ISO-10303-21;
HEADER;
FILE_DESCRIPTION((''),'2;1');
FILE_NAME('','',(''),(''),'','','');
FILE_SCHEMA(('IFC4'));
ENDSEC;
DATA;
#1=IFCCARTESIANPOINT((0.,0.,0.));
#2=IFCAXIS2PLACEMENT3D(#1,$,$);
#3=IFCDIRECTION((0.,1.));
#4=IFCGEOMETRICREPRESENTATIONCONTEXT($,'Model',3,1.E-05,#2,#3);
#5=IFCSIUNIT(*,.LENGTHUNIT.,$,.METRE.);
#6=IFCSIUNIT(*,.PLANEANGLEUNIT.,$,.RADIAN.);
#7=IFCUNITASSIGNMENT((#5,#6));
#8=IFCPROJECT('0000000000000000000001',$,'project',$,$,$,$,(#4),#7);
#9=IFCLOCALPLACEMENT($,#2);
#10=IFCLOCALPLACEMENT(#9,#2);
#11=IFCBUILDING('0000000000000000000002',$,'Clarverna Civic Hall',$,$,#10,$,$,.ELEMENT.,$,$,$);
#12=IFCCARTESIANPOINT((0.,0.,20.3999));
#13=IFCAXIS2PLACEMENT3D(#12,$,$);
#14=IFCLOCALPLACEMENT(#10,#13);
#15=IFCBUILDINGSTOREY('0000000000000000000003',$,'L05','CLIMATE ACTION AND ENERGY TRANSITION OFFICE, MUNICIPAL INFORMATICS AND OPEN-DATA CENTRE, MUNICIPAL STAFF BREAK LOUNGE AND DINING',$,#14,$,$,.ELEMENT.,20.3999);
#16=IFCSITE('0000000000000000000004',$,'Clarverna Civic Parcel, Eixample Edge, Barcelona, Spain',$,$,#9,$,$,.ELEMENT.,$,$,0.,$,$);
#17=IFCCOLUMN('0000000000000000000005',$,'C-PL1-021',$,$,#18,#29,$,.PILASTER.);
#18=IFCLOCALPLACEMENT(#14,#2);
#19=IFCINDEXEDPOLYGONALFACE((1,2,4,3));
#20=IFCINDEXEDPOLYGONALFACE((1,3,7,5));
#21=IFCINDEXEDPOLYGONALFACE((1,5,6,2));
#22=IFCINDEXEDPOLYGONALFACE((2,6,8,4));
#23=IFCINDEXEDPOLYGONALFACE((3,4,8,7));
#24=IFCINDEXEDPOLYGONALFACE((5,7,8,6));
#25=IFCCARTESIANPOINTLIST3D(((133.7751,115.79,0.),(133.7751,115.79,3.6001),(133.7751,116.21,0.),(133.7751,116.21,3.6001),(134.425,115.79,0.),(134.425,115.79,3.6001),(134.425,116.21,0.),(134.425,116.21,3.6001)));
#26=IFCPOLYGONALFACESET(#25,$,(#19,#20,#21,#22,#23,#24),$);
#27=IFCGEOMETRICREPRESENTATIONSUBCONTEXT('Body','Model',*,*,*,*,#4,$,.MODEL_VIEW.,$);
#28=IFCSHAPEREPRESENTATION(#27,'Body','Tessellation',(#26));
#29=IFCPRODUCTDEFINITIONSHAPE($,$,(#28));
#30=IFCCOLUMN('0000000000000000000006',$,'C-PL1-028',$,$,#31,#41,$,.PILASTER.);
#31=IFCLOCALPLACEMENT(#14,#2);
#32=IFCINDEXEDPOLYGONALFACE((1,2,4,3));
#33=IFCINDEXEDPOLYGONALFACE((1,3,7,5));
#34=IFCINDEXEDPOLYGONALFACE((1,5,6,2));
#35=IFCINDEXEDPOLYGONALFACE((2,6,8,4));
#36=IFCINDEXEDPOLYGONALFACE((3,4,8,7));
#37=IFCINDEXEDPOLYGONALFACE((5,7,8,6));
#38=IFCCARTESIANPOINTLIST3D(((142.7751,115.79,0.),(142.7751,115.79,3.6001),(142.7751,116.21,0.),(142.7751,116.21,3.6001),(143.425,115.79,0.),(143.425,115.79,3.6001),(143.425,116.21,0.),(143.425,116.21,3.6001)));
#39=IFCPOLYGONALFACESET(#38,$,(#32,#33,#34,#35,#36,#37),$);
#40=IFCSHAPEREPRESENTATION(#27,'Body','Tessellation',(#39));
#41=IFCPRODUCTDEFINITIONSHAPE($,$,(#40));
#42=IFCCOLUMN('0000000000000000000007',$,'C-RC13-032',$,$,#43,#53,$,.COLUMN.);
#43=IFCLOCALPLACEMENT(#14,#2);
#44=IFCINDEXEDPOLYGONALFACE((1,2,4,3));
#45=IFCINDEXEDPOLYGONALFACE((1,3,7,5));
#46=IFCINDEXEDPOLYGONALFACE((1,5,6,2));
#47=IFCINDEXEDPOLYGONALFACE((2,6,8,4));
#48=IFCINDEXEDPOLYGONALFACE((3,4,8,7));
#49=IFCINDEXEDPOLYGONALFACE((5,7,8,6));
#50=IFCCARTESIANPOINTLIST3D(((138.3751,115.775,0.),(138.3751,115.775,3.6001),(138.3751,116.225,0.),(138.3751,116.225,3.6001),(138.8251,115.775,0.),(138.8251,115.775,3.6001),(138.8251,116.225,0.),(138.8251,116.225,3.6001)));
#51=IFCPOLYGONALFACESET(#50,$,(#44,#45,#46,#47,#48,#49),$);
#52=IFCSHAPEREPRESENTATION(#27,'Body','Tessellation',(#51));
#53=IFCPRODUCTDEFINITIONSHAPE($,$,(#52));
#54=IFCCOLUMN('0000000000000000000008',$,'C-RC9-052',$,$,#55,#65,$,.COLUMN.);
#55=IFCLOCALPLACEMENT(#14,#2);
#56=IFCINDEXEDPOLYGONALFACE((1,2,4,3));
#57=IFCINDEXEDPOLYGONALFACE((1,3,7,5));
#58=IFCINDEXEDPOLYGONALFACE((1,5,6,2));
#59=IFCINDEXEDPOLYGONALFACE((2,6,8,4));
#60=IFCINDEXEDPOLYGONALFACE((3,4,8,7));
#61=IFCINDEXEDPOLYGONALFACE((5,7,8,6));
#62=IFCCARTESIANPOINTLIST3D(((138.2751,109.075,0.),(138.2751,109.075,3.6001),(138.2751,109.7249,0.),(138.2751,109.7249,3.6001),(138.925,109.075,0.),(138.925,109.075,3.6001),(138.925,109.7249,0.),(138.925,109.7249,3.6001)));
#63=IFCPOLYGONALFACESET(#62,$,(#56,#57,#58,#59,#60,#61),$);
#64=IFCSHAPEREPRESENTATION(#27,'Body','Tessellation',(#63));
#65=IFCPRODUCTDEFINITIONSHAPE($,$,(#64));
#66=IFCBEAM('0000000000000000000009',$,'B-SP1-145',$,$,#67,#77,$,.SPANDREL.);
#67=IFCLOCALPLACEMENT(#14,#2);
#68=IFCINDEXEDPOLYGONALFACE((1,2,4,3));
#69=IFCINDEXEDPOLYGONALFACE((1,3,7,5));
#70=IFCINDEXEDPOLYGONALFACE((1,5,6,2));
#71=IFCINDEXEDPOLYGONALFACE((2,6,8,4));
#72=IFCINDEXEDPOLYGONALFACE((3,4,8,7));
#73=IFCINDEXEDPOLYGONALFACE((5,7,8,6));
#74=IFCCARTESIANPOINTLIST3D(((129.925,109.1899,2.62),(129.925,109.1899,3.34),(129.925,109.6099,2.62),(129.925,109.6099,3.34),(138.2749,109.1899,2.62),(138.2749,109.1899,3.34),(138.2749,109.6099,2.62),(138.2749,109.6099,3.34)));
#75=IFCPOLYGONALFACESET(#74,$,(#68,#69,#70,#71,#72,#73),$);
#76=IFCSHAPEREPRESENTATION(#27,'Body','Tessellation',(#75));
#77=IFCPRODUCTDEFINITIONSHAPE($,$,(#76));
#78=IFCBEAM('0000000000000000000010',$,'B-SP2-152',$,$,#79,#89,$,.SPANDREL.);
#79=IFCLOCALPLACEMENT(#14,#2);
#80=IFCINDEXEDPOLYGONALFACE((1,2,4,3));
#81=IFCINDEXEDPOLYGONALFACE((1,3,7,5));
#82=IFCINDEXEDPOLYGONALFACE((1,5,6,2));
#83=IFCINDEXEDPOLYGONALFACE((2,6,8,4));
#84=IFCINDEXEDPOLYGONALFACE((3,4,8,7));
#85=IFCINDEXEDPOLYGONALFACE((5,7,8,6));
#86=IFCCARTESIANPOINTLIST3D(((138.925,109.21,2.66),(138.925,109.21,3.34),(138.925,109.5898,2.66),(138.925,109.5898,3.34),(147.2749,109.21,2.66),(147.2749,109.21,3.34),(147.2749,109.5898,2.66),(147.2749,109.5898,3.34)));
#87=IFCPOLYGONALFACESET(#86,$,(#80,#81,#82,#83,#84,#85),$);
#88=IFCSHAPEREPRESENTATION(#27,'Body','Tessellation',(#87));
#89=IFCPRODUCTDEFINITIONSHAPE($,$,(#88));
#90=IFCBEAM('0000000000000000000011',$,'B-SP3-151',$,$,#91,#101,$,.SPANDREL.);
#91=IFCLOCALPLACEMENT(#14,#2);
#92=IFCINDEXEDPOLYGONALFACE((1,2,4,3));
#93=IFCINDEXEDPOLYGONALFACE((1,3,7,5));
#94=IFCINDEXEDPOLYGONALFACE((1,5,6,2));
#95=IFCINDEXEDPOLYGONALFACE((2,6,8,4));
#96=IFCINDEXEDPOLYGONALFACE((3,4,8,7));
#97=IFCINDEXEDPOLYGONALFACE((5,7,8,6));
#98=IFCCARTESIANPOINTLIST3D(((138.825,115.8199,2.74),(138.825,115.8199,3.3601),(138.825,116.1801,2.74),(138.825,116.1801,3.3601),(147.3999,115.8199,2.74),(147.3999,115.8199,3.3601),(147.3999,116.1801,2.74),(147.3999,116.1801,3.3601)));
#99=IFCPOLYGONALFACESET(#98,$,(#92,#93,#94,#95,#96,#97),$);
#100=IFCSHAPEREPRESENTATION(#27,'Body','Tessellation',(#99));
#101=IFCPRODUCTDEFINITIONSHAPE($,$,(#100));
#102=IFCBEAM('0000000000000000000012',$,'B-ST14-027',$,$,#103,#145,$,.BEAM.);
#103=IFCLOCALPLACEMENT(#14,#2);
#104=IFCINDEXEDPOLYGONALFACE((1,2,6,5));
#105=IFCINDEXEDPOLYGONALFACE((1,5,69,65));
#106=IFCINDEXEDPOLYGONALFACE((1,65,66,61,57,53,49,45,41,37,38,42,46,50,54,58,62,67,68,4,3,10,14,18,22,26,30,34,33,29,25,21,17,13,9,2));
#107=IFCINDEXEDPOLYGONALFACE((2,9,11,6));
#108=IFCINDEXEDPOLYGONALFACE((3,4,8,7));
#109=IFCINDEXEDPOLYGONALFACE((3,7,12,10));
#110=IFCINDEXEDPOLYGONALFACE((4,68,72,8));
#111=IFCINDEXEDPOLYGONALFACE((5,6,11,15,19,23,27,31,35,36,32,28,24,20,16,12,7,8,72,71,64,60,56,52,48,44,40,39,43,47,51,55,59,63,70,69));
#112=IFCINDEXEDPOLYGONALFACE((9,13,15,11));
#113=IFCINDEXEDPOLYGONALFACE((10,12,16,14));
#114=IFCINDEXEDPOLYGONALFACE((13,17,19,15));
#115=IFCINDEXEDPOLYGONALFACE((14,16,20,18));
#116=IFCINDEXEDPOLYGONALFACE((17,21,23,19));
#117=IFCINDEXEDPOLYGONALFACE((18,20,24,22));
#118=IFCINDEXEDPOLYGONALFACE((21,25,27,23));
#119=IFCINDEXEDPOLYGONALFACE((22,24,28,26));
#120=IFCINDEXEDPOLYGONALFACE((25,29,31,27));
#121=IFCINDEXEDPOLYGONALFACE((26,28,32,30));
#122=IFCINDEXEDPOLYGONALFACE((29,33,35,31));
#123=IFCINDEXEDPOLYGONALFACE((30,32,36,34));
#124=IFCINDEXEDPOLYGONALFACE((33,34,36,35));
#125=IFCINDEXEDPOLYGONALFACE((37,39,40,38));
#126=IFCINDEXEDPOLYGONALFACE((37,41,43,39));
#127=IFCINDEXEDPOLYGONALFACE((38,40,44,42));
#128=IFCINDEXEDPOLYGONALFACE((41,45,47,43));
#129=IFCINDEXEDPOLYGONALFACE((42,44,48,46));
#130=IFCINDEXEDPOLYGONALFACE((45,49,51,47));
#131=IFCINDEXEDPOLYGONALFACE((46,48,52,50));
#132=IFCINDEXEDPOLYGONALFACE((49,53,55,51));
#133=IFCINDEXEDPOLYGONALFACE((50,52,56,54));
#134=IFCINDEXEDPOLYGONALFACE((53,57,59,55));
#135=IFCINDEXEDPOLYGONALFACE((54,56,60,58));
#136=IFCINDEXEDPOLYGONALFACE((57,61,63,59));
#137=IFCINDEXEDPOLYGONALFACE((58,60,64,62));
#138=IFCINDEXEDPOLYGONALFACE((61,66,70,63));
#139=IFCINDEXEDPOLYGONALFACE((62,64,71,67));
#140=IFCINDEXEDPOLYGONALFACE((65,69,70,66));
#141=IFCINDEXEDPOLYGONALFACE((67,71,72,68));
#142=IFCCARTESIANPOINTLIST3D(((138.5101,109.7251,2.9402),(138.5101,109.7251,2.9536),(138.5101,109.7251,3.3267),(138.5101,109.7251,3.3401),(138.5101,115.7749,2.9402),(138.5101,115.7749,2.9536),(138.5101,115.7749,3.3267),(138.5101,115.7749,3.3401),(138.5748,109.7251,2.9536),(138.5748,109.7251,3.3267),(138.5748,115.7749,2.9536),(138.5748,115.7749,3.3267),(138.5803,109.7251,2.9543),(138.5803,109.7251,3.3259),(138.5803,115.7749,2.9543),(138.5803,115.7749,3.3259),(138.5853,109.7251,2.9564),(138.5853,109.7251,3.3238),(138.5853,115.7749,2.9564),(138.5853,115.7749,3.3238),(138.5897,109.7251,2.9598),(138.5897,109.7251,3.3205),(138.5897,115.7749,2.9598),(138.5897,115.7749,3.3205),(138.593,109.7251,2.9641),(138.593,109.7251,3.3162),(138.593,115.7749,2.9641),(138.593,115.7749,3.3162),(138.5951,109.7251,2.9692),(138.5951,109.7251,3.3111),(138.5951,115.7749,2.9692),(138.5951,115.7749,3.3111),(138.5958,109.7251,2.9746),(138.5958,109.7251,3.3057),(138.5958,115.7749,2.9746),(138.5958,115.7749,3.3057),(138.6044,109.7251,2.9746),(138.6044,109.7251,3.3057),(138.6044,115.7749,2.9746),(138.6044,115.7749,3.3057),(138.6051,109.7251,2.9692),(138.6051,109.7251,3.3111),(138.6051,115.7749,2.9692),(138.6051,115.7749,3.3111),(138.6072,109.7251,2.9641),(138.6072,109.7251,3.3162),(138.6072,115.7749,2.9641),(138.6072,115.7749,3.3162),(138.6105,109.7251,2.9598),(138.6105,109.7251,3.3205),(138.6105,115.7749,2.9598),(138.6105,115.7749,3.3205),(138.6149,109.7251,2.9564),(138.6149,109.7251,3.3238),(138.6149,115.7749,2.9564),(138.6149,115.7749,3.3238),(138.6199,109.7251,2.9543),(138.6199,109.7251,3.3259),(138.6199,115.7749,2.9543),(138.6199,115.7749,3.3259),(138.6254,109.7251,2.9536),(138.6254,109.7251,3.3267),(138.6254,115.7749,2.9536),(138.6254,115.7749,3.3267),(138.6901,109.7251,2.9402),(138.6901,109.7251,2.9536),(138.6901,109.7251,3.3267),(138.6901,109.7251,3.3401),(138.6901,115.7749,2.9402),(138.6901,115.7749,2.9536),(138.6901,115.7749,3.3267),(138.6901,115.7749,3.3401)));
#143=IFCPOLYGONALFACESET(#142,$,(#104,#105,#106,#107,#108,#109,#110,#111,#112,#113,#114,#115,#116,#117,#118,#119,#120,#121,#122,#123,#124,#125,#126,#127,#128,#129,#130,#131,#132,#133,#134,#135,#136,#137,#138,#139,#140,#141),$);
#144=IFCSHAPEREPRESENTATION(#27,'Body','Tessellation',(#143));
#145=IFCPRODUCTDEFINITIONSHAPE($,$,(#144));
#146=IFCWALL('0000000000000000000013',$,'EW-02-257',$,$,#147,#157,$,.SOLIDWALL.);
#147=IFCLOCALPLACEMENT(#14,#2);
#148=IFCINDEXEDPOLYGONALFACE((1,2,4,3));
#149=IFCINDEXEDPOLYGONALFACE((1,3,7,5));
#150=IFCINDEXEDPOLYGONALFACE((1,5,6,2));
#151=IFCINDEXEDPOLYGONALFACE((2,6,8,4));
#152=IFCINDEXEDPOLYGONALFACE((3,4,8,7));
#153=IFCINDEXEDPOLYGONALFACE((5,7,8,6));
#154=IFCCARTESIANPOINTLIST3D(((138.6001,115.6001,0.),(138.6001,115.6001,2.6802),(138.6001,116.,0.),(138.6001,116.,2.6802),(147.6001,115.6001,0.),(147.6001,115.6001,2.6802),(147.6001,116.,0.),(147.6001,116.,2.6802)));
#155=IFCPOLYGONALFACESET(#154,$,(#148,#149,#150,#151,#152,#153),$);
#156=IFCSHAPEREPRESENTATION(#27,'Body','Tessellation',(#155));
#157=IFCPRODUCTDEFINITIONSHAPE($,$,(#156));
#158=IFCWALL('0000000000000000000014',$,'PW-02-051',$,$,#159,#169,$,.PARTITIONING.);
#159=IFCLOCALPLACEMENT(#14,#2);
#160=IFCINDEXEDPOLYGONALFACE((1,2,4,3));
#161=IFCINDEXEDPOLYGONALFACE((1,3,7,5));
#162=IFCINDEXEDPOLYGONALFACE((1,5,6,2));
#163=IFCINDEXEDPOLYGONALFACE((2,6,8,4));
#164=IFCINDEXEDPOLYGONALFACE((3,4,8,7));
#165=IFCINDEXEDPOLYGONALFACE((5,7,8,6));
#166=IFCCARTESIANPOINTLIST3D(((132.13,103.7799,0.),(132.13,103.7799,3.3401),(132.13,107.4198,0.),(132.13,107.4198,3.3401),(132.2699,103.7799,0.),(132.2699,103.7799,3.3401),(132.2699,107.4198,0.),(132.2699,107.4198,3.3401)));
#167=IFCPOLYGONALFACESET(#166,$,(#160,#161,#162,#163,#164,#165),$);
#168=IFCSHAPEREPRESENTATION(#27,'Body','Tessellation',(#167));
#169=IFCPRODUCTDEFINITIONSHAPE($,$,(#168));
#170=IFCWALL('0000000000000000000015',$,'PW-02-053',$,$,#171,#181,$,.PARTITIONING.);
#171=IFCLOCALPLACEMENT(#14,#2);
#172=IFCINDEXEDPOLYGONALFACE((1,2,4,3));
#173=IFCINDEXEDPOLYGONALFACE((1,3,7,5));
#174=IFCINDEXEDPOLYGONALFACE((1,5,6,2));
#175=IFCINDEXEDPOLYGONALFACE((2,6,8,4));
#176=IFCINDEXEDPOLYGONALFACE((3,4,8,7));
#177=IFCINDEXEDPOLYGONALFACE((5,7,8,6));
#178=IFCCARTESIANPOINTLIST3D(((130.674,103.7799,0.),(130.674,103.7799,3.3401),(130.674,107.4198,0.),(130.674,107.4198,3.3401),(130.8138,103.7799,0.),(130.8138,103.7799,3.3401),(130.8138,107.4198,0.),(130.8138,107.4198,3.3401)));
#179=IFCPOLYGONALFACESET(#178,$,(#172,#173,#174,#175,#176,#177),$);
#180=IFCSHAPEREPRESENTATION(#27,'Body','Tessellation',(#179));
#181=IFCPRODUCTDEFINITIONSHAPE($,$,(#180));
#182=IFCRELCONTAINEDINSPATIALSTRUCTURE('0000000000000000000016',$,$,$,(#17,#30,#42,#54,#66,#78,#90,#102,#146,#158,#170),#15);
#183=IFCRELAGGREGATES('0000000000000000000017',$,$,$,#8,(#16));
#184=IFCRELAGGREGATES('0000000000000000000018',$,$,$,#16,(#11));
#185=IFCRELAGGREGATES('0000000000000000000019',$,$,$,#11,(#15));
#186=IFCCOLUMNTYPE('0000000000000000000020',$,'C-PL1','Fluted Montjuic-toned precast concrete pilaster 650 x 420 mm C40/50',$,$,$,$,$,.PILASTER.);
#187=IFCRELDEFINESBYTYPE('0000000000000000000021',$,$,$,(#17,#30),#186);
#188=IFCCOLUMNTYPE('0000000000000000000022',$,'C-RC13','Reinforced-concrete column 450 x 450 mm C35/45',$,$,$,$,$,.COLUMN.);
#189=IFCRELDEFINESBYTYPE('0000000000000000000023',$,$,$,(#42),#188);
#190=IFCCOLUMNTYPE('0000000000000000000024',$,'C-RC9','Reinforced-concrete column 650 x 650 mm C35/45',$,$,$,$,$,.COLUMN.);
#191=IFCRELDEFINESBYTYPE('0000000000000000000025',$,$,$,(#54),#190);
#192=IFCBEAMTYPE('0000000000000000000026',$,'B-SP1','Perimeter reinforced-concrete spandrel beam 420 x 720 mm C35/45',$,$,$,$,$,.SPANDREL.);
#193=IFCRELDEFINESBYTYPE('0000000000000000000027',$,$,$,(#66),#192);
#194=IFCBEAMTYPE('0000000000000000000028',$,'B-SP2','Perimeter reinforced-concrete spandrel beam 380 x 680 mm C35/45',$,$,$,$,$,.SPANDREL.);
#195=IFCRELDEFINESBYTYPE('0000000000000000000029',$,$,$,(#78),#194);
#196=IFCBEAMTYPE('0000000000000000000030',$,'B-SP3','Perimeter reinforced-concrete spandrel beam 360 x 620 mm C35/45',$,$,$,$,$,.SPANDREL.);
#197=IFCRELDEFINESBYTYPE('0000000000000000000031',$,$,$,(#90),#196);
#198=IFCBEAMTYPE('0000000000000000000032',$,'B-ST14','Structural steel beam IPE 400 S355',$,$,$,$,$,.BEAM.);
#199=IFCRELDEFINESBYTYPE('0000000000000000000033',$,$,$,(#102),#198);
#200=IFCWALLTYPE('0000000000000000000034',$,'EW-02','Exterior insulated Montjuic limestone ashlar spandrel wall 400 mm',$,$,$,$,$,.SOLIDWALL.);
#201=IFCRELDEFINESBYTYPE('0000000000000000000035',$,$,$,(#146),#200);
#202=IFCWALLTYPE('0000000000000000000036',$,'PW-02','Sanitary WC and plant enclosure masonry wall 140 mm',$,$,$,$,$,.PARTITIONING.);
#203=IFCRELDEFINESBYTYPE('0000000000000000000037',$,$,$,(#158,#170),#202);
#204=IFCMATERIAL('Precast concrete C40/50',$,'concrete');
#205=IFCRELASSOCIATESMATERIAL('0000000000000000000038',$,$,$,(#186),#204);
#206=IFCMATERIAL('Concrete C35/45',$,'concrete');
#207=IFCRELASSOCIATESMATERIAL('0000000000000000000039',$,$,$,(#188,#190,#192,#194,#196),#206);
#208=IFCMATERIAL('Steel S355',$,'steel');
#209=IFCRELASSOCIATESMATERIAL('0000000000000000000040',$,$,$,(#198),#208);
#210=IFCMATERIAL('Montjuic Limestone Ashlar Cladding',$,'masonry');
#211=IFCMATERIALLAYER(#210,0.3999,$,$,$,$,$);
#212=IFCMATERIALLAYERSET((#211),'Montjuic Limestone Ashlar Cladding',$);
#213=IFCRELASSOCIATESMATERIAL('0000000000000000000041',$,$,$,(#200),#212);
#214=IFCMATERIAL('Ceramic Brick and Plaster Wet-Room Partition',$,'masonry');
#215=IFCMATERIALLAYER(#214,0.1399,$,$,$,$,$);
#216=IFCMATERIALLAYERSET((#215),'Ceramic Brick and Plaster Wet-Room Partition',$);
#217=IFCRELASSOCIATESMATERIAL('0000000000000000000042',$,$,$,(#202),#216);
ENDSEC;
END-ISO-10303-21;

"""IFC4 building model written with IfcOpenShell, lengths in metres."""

from ifc_helpers import new_model, si_unit, direction, frame, frame_2d, origin, origin_2d, place, context, subcontext, project, spatial, rectangle, i_section, extrude, material, layer, layer_set, material_profile, profile_set, type_object, element, save


model = new_model("IFC4")

# Units and contexts
model_context = context("Model", 3, precision=1e-05, world=origin(), true_north=direction((0.0, 1.0)))
body_context = subcontext(model_context, "Body", "Model", "MODEL_VIEW")
ifc_project = project(units=[si_unit("LENGTHUNIT", "METRE"), si_unit("PLANEANGLEUNIT", "RADIAN")], contexts=[model_context])

# Site, building, storey
site_placement = place(None, origin())
site = spatial("IfcSite", under=ifc_project, at=site_placement, Name="Clarverna Civic Parcel, Eixample Edge, Barcelona, Spain", CompositionType="ELEMENT", RefElevation=0.0)
building_placement = place(site_placement, origin())
building = spatial("IfcBuilding", under=site, at=building_placement, Name="Clarverna Civic Hall", CompositionType="ELEMENT")
storey_placement = place(building_placement, frame((0.0, 0.0, 20.3999)))
storey = spatial("IfcBuildingStorey", under=building, at=storey_placement, Name="L05", Description="CLIMATE ACTION AND ENERGY TRANSITION OFFICE, MUNICIPAL INFORMATICS AND OPEN-DATA CENTRE, MUNICIPAL STAFF BREAK LOUNGE AND DINING", CompositionType="ELEMENT", Elevation=20.3999)

# Columns
ifc_material_1 = material(Name="Precast concrete C40/50", Category="concrete")
ifc_material_profile_1 = material_profile(ifc_material_1, rectangle(XDim=0.6499, YDim=0.4199, at=origin_2d()), Name="PILASTER 650x420")
ifc_profile_set_1 = profile_set([ifc_material_profile_1], Name="Precast concrete C40/50")
column_type_1 = type_object("IfcColumnType", Name="C-PL1", Description="Fluted Montjuic-toned precast concrete pilaster 650 x 420 mm C40/50", PredefinedType="PILASTER", material=ifc_profile_set_1)
for number, where, z_axis, x_axis, name in (
    (1, (134.1001, 116.0, 0.0), (0.0, 0.0, 1.0), (1.0, 0.0, 0.0), "C-PL1-021"),
    (2, (143.1001, 116.0, 0.0), (0.0, 0.0, 1.0), (1.0, 0.0, 0.0), "C-PL1-028"),
):
    element("IfcColumn", number, at=place(storey_placement, frame(where, z_axis=z_axis, x_axis=x_axis)), inside=storey, type_object=column_type_1, Name=name, PredefinedType="PILASTER", context=body_context, shape_type="SweptSolid", body=[
        extrude(rectangle(XDim=0.6499, YDim=0.4199, at=origin_2d()), origin(), (0.0, 0.0, 1.0), 3.6001),
    ])
ifc_material_2 = material(Name="Concrete C35/45", Category="concrete")
ifc_material_profile_2 = material_profile(ifc_material_2, rectangle(XDim=0.45, YDim=0.45, at=origin_2d()), Name="RC 450x450")
ifc_profile_set_2 = profile_set([ifc_material_profile_2], Name="Concrete C35/45")
column_type_2 = type_object("IfcColumnType", Name="C-RC13", Description="Reinforced-concrete column 450 x 450 mm C35/45", PredefinedType="COLUMN", material=ifc_profile_set_2)
column_1_placement = place(storey_placement, frame((138.6001, 116.0, 0.0), z_axis=(0.0, 0.0, 1.0), x_axis=(1.0, 0.0, 0.0)))
element("IfcColumn", 3, at=column_1_placement, inside=storey, type_object=column_type_2, Name="C-RC13-032", PredefinedType="COLUMN", context=body_context, shape_type="SweptSolid", body=[
    extrude(rectangle(XDim=0.45, YDim=0.45, at=origin_2d()), origin(), (0.0, 0.0, 1.0), 3.6001),
])
ifc_material_profile_3 = material_profile(ifc_material_2, rectangle(XDim=0.6499, YDim=0.6499, at=origin_2d()), Name="RC 650x650")
ifc_profile_set_3 = profile_set([ifc_material_profile_3], Name="Concrete C35/45")
column_type_3 = type_object("IfcColumnType", Name="C-RC9", Description="Reinforced-concrete column 650 x 650 mm C35/45", PredefinedType="COLUMN", material=ifc_profile_set_3)
column_2_placement = place(storey_placement, frame((138.6001, 109.3999, 0.0), z_axis=(0.0, 0.0, 1.0), x_axis=(1.0, 0.0, 0.0)))
element("IfcColumn", 4, at=column_2_placement, inside=storey, type_object=column_type_3, Name="C-RC9-052", PredefinedType="COLUMN", context=body_context, shape_type="SweptSolid", body=[
    extrude(rectangle(XDim=0.6499, YDim=0.6499, at=origin_2d()), origin(), (0.0, 0.0, 1.0), 3.6001),
])

# Beams
ifc_material_profile_4 = material_profile(ifc_material_2, rectangle(XDim=0.4199, YDim=0.72, at=origin_2d()), Name="RC 420x720")
ifc_profile_set_4 = profile_set([ifc_material_profile_4], Name="Concrete C35/45")
beam_type_1 = type_object("IfcBeamType", Name="B-SP1", Description="Perimeter reinforced-concrete spandrel beam 420 x 720 mm C35/45", PredefinedType="SPANDREL", material=ifc_profile_set_4)
beam_1_placement = place(storey_placement, frame((129.925, 109.3999, 2.98), z_axis=(1.0, 0.0, 0.0), x_axis=(0.0, 1.0, 0.0)))
element("IfcBeam", 5, at=beam_1_placement, inside=storey, type_object=beam_type_1, Name="B-SP1-145", PredefinedType="SPANDREL", context=body_context, shape_type="SweptSolid", body=[
    extrude(rectangle(XDim=0.4199, YDim=0.72, at=origin_2d()), origin(), (0.0, 0.0, 1.0), 8.3499),
])
ifc_material_profile_5 = material_profile(ifc_material_2, rectangle(XDim=0.3799, YDim=0.6799, at=origin_2d()), Name="RC 380x680")
ifc_profile_set_5 = profile_set([ifc_material_profile_5], Name="Concrete C35/45")
beam_type_2 = type_object("IfcBeamType", Name="B-SP2", Description="Perimeter reinforced-concrete spandrel beam 380 x 680 mm C35/45", PredefinedType="SPANDREL", material=ifc_profile_set_5)
beam_2_placement = place(storey_placement, frame((138.925, 109.3999, 3.0), z_axis=(1.0, 0.0, 0.0), x_axis=(0.0, 1.0, 0.0)))
element("IfcBeam", 6, at=beam_2_placement, inside=storey, type_object=beam_type_2, Name="B-SP2-152", PredefinedType="SPANDREL", context=body_context, shape_type="SweptSolid", body=[
    extrude(rectangle(XDim=0.3799, YDim=0.6799, at=origin_2d()), origin(), (0.0, 0.0, 1.0), 8.3499),
])
ifc_material_profile_6 = material_profile(ifc_material_2, rectangle(XDim=0.3601, YDim=0.6201, at=origin_2d()), Name="RC 360x620")
ifc_profile_set_6 = profile_set([ifc_material_profile_6], Name="Concrete C35/45")
beam_type_3 = type_object("IfcBeamType", Name="B-SP3", Description="Perimeter reinforced-concrete spandrel beam 360 x 620 mm C35/45", PredefinedType="SPANDREL", material=ifc_profile_set_6)
beam_3_placement = place(storey_placement, frame((138.825, 116.0, 3.05), z_axis=(1.0, 0.0, 0.0), x_axis=(0.0, 1.0, 0.0)))
element("IfcBeam", 7, at=beam_3_placement, inside=storey, type_object=beam_type_3, Name="B-SP3-151", PredefinedType="SPANDREL", context=body_context, shape_type="SweptSolid", body=[
    extrude(rectangle(XDim=0.3601, YDim=0.6201, at=origin_2d()), origin(), (0.0, 0.0, 1.0), 8.575),
])
ifc_material_3 = material(Name="Steel S355", Category="steel")
ifc_material_profile_7 = material_profile(ifc_material_3, i_section(OverallWidth=0.1799, OverallDepth=0.3999, WebThickness=0.0085, FlangeThickness=0.0134, FilletRadius=0.021, at=origin_2d()), Name="IPE 400")
ifc_profile_set_7 = profile_set([ifc_material_profile_7], Name="Steel S355")
beam_type_4 = type_object("IfcBeamType", Name="B-ST14", Description="Structural steel beam IPE 400 S355", PredefinedType="BEAM", material=ifc_profile_set_7)
beam_4_placement = place(storey_placement, frame((138.6001, 109.7251, 3.1401), z_axis=(0.0, 1.0, 0.0), x_axis=(-1.0, 0.0, 0.0)))
element("IfcBeam", 8, at=beam_4_placement, inside=storey, type_object=beam_type_4, Name="B-ST14-027", PredefinedType="BEAM", context=body_context, shape_type="SweptSolid", body=[
    extrude(i_section(OverallWidth=0.1799, OverallDepth=0.3999, WebThickness=0.0085, FlangeThickness=0.0134, FilletRadius=0.021, at=origin_2d()), origin(), (0.0, 0.0, 1.0), 6.0498),
])

# Walls
ifc_material_4 = material(Name="Montjuic Limestone Ashlar Cladding", Category="masonry")
ifc_layer_1 = layer(ifc_material_4, 0.3999)
ifc_layer_set_1 = layer_set([ifc_layer_1], Name="Montjuic Limestone Ashlar Cladding")
wall_type_1 = type_object("IfcWallType", Name="EW-02", Description="Exterior insulated Montjuic limestone ashlar spandrel wall 400 mm", PredefinedType="SOLIDWALL", material=ifc_layer_set_1)
wall_1_placement = place(storey_placement, frame((138.6001, 115.8, 0.0), z_axis=(0.0, 0.0, 1.0), x_axis=(1.0, 0.0, 0.0)))
element("IfcWall", 9, at=wall_1_placement, inside=storey, type_object=wall_type_1, Name="EW-02-257", PredefinedType="SOLIDWALL", context=body_context, shape_type="SweptSolid", body=[
    extrude(rectangle(XDim=9.0, YDim=0.3999, at=frame_2d((4.5, 0.0))), origin(), (0.0, 0.0, 1.0), 2.6802),
])
ifc_material_5 = material(Name="Ceramic Brick and Plaster Wet-Room Partition", Category="masonry")
ifc_layer_2 = layer(ifc_material_5, 0.1399)
ifc_layer_set_2 = layer_set([ifc_layer_2], Name="Ceramic Brick and Plaster Wet-Room Partition")
wall_type_2 = type_object("IfcWallType", Name="PW-02", Description="Sanitary WC and plant enclosure masonry wall 140 mm", PredefinedType="PARTITIONING", material=ifc_layer_set_2)
for number, where, z_axis, x_axis, name in (
    (10, (132.2, 103.78, 0.0), (0.0, 0.0, 1.0), (0.0, 1.0, 0.0), "PW-02-051"),
    (11, (130.7439, 103.78, 0.0), (0.0, 0.0, 1.0), (0.0, 1.0, 0.0), "PW-02-053"),
):
    element("IfcWall", number, at=place(storey_placement, frame(where, z_axis=z_axis, x_axis=x_axis)), inside=storey, type_object=wall_type_2, Name=name, PredefinedType="PARTITIONING", context=body_context, shape_type="SweptSolid", body=[
        extrude(rectangle(XDim=3.6399, YDim=0.1399, at=frame_2d((1.8198, 0.0))), origin(), (0.0, 0.0, 1.0), 3.3401),
    ])

save(model, "model.ifc")
